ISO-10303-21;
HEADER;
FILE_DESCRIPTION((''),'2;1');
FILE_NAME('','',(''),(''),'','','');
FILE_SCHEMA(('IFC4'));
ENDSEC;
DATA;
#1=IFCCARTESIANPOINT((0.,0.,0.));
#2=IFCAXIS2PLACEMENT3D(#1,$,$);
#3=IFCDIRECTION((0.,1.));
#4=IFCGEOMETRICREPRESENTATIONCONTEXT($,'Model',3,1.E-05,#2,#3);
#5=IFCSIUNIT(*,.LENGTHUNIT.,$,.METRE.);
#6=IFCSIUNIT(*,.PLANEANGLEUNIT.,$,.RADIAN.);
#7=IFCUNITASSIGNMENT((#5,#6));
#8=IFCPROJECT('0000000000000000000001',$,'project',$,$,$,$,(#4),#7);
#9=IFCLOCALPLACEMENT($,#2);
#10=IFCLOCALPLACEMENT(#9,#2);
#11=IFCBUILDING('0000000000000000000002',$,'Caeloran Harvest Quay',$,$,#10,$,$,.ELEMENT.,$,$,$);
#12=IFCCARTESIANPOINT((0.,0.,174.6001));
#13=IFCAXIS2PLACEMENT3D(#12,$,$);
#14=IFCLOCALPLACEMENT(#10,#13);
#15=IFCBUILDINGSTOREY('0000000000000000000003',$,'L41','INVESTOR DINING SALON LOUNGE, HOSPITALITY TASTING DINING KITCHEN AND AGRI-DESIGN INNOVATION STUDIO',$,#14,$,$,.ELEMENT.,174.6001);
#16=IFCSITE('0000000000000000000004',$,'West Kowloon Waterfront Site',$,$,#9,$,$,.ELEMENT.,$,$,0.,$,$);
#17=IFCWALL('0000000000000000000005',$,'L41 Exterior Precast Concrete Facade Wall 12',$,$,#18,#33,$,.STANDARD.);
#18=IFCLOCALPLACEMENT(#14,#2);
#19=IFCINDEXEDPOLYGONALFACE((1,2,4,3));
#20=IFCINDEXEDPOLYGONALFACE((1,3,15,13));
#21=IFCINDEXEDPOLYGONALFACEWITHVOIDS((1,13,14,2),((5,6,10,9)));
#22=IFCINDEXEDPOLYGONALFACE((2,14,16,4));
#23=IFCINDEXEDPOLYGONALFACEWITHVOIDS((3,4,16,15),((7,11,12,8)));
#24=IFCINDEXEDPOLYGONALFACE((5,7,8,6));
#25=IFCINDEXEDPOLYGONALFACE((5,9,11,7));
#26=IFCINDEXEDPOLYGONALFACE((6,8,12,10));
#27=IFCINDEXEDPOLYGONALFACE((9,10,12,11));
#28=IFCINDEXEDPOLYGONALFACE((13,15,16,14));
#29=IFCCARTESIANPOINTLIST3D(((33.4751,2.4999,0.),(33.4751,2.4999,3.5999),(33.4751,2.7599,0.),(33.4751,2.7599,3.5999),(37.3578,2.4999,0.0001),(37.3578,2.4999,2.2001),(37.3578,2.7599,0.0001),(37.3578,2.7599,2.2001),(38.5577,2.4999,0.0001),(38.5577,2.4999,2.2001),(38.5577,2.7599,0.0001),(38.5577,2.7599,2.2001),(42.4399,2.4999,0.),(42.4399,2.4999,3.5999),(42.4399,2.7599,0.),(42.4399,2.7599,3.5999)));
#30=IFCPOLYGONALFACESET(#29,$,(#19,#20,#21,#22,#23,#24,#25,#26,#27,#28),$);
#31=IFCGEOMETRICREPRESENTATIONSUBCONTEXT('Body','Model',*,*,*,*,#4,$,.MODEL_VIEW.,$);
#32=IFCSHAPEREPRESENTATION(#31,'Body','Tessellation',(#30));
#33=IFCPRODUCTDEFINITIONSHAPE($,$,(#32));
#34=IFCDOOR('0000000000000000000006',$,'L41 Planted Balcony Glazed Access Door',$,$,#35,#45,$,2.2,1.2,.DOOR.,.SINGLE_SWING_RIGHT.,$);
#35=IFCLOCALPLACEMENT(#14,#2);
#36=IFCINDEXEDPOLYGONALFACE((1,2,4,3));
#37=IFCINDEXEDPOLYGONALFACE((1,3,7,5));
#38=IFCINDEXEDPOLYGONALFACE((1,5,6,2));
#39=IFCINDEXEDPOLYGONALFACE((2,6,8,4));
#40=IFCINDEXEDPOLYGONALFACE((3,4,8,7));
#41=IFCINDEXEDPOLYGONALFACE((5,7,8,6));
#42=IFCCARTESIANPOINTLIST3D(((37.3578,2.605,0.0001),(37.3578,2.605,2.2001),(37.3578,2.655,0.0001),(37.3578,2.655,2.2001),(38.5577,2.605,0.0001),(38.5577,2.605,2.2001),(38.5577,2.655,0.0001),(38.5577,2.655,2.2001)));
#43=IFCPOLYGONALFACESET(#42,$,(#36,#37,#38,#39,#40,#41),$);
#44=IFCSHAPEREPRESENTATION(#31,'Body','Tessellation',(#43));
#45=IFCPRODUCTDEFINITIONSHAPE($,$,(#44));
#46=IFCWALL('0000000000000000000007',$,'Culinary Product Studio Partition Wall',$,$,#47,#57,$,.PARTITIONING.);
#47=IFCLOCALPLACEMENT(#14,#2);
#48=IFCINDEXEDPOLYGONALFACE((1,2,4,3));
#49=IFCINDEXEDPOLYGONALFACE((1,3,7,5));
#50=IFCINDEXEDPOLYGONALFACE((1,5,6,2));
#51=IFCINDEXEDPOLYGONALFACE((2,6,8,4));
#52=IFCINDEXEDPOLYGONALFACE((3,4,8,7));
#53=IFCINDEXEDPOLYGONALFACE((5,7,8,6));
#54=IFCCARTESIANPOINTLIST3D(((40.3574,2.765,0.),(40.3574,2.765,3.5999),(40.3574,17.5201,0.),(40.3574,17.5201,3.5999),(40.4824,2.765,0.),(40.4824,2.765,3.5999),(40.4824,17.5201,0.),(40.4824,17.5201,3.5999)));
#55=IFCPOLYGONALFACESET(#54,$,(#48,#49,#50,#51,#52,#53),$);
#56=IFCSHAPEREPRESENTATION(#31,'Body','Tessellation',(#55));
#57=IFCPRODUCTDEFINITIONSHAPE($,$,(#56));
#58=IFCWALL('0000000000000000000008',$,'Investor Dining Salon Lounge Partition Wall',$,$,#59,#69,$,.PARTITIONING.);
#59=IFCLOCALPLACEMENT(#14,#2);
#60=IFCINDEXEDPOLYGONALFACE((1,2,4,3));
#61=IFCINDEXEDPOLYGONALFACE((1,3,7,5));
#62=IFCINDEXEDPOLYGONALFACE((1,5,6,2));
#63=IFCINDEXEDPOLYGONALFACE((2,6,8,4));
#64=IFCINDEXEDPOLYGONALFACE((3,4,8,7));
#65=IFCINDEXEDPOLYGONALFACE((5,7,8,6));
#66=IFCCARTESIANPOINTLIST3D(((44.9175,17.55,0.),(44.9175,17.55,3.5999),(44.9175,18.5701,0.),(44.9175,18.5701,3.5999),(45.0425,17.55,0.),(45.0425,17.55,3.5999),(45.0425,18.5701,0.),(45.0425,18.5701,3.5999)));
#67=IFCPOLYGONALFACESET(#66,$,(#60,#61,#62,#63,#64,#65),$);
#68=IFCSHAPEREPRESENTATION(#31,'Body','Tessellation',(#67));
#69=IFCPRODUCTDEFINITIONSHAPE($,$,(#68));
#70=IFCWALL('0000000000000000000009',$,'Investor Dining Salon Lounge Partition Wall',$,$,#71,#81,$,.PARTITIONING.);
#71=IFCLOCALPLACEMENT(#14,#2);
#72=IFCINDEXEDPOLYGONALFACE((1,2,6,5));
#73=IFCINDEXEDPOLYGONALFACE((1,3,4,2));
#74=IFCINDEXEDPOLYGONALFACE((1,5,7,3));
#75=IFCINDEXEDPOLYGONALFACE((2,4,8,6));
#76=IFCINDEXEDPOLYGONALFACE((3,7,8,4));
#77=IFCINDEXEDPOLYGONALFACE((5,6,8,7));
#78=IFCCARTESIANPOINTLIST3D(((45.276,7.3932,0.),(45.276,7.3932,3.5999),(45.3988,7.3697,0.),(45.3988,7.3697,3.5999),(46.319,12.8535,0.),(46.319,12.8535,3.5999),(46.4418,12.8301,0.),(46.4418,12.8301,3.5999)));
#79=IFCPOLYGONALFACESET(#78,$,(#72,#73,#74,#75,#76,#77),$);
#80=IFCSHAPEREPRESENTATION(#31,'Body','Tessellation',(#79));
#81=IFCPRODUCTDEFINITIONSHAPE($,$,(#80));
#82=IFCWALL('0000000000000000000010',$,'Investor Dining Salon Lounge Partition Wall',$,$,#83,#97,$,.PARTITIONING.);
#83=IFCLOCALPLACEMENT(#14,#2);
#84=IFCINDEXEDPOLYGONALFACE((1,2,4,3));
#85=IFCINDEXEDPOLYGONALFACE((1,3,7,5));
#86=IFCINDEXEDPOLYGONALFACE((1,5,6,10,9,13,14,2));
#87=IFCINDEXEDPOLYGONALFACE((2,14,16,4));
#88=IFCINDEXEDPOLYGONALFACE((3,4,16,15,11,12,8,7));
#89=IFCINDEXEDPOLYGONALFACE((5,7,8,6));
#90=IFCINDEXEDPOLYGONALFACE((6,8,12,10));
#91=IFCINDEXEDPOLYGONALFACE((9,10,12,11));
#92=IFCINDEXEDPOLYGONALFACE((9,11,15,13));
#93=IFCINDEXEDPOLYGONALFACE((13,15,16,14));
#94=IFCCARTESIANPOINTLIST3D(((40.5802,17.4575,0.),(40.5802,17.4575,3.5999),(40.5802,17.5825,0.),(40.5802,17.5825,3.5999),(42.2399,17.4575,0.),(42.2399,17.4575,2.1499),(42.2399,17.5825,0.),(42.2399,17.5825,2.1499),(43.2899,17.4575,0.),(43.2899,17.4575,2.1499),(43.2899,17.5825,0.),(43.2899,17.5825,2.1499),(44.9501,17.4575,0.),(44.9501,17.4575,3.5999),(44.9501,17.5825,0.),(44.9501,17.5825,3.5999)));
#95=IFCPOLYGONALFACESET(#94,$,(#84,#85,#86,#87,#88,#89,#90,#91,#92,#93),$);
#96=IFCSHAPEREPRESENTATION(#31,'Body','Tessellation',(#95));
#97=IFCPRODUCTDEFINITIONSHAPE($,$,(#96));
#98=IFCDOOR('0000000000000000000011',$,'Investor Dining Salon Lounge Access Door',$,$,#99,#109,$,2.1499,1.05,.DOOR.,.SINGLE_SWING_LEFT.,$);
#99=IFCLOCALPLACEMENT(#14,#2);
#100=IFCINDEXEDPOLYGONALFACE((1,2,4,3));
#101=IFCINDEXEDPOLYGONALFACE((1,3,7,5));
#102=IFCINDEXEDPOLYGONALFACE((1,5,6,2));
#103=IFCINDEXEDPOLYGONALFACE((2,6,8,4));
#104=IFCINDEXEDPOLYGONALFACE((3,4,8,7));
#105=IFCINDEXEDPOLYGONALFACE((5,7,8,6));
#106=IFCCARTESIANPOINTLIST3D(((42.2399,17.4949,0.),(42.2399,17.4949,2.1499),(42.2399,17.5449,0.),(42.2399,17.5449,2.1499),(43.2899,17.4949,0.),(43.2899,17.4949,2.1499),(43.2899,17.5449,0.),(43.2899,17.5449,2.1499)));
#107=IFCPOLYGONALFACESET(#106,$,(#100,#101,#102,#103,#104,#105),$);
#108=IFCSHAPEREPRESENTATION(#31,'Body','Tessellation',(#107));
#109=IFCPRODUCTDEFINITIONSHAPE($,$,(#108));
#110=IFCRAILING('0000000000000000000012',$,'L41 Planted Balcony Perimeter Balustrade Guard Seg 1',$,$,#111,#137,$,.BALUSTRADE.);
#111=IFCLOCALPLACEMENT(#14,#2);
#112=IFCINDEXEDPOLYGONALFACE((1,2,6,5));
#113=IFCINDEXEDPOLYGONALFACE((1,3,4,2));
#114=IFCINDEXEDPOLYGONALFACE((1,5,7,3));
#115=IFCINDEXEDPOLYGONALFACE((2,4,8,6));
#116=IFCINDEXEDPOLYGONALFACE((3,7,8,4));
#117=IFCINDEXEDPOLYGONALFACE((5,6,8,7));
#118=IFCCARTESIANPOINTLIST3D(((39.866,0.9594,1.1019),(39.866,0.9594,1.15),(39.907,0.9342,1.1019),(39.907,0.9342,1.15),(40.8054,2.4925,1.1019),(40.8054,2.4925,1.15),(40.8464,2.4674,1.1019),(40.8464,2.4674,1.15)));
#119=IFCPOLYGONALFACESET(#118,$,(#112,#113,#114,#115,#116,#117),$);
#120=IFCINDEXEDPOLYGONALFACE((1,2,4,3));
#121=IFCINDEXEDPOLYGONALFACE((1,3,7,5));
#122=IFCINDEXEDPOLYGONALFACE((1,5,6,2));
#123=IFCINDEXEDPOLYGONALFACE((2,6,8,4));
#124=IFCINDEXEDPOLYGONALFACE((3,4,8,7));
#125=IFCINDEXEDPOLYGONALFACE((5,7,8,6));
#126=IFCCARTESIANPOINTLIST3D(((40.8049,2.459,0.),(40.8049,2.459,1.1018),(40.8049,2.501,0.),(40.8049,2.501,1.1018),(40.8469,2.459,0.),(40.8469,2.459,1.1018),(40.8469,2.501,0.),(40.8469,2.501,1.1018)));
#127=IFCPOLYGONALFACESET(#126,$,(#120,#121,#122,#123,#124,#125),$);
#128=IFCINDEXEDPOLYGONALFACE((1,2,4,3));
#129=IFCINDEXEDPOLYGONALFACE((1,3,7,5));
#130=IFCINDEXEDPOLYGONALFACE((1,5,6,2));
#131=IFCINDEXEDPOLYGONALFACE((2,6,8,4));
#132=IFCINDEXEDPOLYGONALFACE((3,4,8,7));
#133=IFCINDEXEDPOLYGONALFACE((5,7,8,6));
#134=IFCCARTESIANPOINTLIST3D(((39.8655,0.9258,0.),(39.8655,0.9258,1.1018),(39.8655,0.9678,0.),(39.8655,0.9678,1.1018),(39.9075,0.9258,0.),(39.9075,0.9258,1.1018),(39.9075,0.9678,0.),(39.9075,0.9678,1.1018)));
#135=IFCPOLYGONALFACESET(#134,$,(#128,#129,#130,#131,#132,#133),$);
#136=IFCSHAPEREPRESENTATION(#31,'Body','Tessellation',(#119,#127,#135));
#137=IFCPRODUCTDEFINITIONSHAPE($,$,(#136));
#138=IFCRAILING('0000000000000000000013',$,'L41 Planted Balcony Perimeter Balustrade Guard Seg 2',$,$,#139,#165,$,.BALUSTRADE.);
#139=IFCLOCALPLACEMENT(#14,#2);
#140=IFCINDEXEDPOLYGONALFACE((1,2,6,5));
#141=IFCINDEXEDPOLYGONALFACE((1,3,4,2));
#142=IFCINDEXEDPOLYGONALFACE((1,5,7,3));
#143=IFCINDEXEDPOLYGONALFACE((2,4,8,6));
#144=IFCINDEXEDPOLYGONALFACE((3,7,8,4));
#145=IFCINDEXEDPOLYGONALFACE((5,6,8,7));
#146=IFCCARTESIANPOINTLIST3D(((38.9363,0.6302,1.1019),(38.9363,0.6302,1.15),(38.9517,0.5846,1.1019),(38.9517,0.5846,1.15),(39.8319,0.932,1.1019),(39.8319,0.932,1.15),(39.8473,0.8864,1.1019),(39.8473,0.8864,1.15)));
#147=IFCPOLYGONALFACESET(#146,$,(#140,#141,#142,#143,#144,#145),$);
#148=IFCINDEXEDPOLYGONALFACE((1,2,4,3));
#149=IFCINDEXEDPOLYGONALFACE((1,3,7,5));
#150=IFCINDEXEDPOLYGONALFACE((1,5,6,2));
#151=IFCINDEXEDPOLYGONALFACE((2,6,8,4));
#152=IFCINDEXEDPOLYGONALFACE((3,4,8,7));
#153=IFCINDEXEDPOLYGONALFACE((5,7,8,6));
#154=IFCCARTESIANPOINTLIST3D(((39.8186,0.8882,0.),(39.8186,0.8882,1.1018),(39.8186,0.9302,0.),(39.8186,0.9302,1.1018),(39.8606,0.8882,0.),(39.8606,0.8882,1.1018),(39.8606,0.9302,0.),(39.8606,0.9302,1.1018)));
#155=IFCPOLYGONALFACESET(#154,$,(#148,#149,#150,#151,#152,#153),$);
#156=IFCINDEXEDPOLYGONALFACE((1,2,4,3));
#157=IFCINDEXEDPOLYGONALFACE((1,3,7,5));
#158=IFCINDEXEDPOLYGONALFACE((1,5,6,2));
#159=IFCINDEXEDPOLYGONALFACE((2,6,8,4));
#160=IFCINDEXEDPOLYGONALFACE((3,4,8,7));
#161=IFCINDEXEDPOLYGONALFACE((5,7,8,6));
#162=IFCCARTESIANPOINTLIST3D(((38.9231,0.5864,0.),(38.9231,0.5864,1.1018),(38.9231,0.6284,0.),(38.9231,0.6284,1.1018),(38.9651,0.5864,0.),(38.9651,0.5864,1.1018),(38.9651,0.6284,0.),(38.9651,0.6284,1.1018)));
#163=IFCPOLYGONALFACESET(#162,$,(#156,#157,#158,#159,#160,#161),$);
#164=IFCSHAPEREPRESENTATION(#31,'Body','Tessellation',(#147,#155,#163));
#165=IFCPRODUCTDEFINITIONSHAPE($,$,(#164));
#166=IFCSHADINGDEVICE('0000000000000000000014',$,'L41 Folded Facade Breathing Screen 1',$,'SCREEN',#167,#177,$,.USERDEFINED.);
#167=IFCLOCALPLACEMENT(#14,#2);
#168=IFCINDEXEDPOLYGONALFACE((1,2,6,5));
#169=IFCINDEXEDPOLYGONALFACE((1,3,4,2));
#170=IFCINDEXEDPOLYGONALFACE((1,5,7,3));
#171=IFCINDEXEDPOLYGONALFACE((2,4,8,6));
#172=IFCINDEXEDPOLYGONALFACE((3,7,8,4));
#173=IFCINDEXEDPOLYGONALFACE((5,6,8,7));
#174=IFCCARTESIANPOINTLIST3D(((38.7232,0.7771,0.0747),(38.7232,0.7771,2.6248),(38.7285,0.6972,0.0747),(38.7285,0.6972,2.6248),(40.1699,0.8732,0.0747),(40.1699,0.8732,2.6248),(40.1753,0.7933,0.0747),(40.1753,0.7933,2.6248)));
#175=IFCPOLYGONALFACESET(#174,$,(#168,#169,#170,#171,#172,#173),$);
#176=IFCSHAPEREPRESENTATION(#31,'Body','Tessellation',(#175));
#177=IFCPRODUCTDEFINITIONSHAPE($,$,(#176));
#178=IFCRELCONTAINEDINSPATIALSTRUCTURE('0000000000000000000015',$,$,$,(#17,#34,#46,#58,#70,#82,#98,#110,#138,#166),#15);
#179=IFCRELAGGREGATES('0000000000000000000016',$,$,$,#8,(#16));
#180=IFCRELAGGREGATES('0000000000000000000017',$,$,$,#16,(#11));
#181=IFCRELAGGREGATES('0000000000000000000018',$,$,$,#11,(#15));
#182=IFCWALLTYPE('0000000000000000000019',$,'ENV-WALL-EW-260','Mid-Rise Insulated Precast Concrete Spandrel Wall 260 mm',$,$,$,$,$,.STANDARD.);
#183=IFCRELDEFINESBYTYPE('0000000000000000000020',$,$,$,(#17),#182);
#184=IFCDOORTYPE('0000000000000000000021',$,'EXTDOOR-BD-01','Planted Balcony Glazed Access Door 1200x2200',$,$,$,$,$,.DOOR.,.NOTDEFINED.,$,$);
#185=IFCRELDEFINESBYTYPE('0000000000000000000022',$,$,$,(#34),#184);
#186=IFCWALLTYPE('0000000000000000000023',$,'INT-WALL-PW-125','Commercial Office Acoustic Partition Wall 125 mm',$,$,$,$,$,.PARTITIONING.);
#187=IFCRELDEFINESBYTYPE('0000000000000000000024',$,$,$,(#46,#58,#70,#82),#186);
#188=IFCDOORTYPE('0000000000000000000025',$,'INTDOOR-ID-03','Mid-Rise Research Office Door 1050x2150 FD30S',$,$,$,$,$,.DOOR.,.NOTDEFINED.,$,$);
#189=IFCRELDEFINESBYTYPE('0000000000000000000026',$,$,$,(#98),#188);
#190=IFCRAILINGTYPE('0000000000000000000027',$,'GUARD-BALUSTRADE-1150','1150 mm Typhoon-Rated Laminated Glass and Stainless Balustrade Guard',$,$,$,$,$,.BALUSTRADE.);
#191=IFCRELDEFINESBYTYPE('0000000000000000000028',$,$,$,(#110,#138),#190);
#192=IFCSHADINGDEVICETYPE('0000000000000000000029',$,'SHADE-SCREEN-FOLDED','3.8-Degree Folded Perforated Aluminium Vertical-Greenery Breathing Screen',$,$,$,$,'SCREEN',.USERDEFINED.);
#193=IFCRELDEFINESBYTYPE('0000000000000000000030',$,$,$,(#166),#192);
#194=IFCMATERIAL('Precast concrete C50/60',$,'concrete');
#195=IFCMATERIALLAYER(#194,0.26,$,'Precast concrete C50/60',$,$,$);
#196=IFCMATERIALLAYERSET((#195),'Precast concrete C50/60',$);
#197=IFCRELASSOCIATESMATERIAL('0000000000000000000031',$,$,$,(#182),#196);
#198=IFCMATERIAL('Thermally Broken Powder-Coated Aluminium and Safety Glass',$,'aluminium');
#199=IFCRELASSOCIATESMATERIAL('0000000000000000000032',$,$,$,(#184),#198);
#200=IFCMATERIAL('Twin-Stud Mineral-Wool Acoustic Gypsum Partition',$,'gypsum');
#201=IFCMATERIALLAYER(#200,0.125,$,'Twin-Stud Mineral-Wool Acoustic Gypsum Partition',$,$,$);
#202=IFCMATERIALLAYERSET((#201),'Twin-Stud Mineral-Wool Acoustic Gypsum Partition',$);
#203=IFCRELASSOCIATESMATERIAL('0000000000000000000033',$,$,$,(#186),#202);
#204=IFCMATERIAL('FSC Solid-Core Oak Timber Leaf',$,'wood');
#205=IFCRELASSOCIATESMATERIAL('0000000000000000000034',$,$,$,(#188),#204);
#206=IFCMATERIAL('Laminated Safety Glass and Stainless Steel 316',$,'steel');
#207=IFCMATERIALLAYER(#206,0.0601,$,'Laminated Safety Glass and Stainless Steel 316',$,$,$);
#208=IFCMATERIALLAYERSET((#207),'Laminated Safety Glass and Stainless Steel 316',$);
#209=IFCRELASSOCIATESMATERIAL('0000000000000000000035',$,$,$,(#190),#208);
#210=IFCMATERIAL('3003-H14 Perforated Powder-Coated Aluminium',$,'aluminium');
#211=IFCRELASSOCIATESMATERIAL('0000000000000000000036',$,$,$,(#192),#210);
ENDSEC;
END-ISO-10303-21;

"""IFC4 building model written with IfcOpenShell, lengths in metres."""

from ifc_helpers import new_model, si_unit, direction, frame, frame_2d, origin, origin_2d, place, context, subcontext, project, spatial, rectangle, extrude, material, layer, layer_set, type_object, element, fill, save


model = new_model("IFC4")

# Units and contexts
model_context = context("Model", 3, precision=1e-05, world=origin(), true_north=direction((0.0, 1.0)))
body_context = subcontext(model_context, "Body", "Model", "MODEL_VIEW")
ifc_project = project(units=[si_unit("LENGTHUNIT", "METRE"), si_unit("PLANEANGLEUNIT", "RADIAN")], contexts=[model_context])

# Site, building, storey
site_placement = place(None, origin())
site = spatial("IfcSite", under=ifc_project, at=site_placement, Name="West Kowloon Waterfront Site", CompositionType="ELEMENT", RefElevation=0.0)
building_placement = place(site_placement, origin())
building = spatial("IfcBuilding", under=site, at=building_placement, Name="Caeloran Harvest Quay", CompositionType="ELEMENT")
storey_placement = place(building_placement, frame((0.0, 0.0, 174.6001)))
storey = spatial("IfcBuildingStorey", under=building, at=storey_placement, Name="L41", Description="INVESTOR DINING SALON LOUNGE, HOSPITALITY TASTING DINING KITCHEN AND AGRI-DESIGN INNOVATION STUDIO", CompositionType="ELEMENT", Elevation=174.6001)

# Shared definitions
ifc_material_1 = material(Name="Precast concrete C50/60", Category="concrete")

# Shared definitions
ifc_layer_1 = layer(ifc_material_1, 0.26, Name="Precast concrete C50/60")
ifc_layer_set_1 = layer_set([ifc_layer_1], Name="Precast concrete C50/60")
wall_type_1 = type_object("IfcWallType", Name="ENV-WALL-EW-260", Description="Mid-Rise Insulated Precast Concrete Spandrel Wall 260 mm", PredefinedType="STANDARD", material=ifc_layer_set_1)

# Wall, opening, door
wall_1_placement = place(storey_placement, frame((42.4399, 2.6299, 0.0), z_axis=(0.0, 0.0, 1.0), x_axis=(-1.0, 0.0, 0.0)))
wall_1 = element("IfcWall", 1, at=wall_1_placement, inside=storey, type_object=wall_type_1, Name="L41 Exterior Precast Concrete Facade Wall 12", PredefinedType="STANDARD", context=body_context, shape_type="SweptSolid", body=[
    extrude(rectangle(XDim=8.9648, YDim=0.26, at=frame_2d((4.4824, 0.0))), origin(), (0.0, 0.0, 1.0), 3.5999),
])
opening_1_placement = place(wall_1_placement, frame((3.8821, 0.0, 0.0)))
opening_1 = element("IfcOpeningElement", 2, at=opening_1_placement, cuts=wall_1, PredefinedType="OPENING", context=body_context, shape_type="SweptSolid", body=[
    extrude(rectangle(XDim=1.2, YDim=2.2, at=frame_2d((0.6001, 1.1001))), frame((0.0, 0.1401, 0.0), z_axis=(0.0, -1.0, 0.0), x_axis=(1.0, 0.0, 0.0)), (0.0, 0.0, 1.0), 0.28),
])
ifc_material_2 = material(Name="Thermally Broken Powder-Coated Aluminium and Safety Glass", Category="aluminium")
door_type_1 = type_object("IfcDoorType", Name="EXTDOOR-BD-01", Description="Planted Balcony Glazed Access Door 1200x2200", OperationType="NOTDEFINED", PredefinedType="DOOR", material=ifc_material_2)
door_1_placement = place(opening_1_placement, origin())
door_1 = element("IfcDoor", 3, at=door_1_placement, inside=storey, type_object=door_type_1, Name="L41 Planted Balcony Glazed Access Door", OperationType="SINGLE_SWING_RIGHT", OverallHeight=2.2, OverallWidth=1.2, PredefinedType="DOOR", context=body_context, shape_type="SweptSolid", body=[
    extrude(rectangle(XDim=1.2, YDim=2.2, at=frame_2d((0.6001, 1.1001))), frame((0.0, 0.0249, 0.0), z_axis=(0.0, -1.0, 0.0), x_axis=(1.0, 0.0, 0.0)), (0.0, 0.0, 1.0), 0.05),
])
fill(opening_1, door_1)

# Walls
ifc_material_3 = material(Name="Twin-Stud Mineral-Wool Acoustic Gypsum Partition", Category="gypsum")
ifc_layer_2 = layer(ifc_material_3, 0.125, Name="Twin-Stud Mineral-Wool Acoustic Gypsum Partition")
ifc_layer_set_2 = layer_set([ifc_layer_2], Name="Twin-Stud Mineral-Wool Acoustic Gypsum Partition")
wall_type_2 = type_object("IfcWallType", Name="INT-WALL-PW-125", Description="Commercial Office Acoustic Partition Wall 125 mm", PredefinedType="PARTITIONING", material=ifc_layer_set_2)
wall_2_placement = place(storey_placement, frame((40.4199, 17.52, 0.0), z_axis=(0.0, 0.0, 1.0), x_axis=(0.0, -1.0, 0.0)))
element("IfcWall", 4, at=wall_2_placement, inside=storey, type_object=wall_type_2, Name="Culinary Product Studio Partition Wall", PredefinedType="PARTITIONING", context=body_context, shape_type="SweptSolid", body=[
    extrude(rectangle(XDim=14.7551, YDim=0.125, at=frame_2d((7.3774, 0.0))), origin(), (0.0, 0.0, 1.0), 3.5999),
])
wall_3_placement = place(storey_placement, frame((44.98, 17.55, 0.0), z_axis=(0.0, 0.0, 1.0), x_axis=(0.0, 1.0, 0.0)))
element("IfcWall", 5, at=wall_3_placement, inside=storey, type_object=wall_type_2, Name="Investor Dining Salon Lounge Partition Wall", PredefinedType="PARTITIONING", context=body_context, shape_type="SweptSolid", body=[
    extrude(rectangle(XDim=1.02, YDim=0.125, at=frame_2d((0.51, 0.0))), origin(), (0.0, 0.0, 1.0), 3.5999),
])
wall_4_placement = place(storey_placement, frame((46.3804, 12.8418, 0.0), z_axis=(0.0, 0.0, 1.0), x_axis=(-0.187613, -0.982243, 0.0)))
element("IfcWall", 6, at=wall_4_placement, inside=storey, type_object=wall_type_2, Name="Investor Dining Salon Lounge Partition Wall", PredefinedType="PARTITIONING", context=body_context, shape_type="SweptSolid", body=[
    extrude(rectangle(XDim=5.5591, YDim=0.125, at=frame_2d((2.7795, 0.0))), origin(), (0.0, 0.0, 1.0), 3.5999),
])

# Wall, opening, door
wall_5_placement = place(storey_placement, frame((40.5801, 17.52, 0.0), z_axis=(0.0, 0.0, 1.0), x_axis=(1.0, 0.0, 0.0)))
wall_5 = element("IfcWall", 7, at=wall_5_placement, inside=storey, type_object=wall_type_2, Name="Investor Dining Salon Lounge Partition Wall", PredefinedType="PARTITIONING", context=body_context, shape_type="SweptSolid", body=[
    extrude(rectangle(XDim=4.3699, YDim=0.125, at=frame_2d((2.1851, 0.0))), origin(), (0.0, 0.0, 1.0), 3.5999),
])
opening_2_placement = place(wall_5_placement, frame((1.6599, 0.0, 0.0)))
opening_2 = element("IfcOpeningElement", 8, at=opening_2_placement, cuts=wall_5, PredefinedType="OPENING", context=body_context, shape_type="SweptSolid", body=[
    extrude(rectangle(XDim=1.05, YDim=2.1499, at=frame_2d((0.5249, 1.075))), frame((0.0, 0.0725, 0.0), z_axis=(0.0, -1.0, 0.0), x_axis=(1.0, 0.0, 0.0)), (0.0, 0.0, 1.0), 0.145),
])
ifc_material_4 = material(Name="FSC Solid-Core Oak Timber Leaf", Category="wood")
door_type_2 = type_object("IfcDoorType", Name="INTDOOR-ID-03", Description="Mid-Rise Research Office Door 1050x2150 FD30S", OperationType="NOTDEFINED", PredefinedType="DOOR", material=ifc_material_4)
door_2_placement = place(opening_2_placement, origin())
door_2 = element("IfcDoor", 9, at=door_2_placement, inside=storey, type_object=door_type_2, Name="Investor Dining Salon Lounge Access Door", OperationType="SINGLE_SWING_LEFT", OverallHeight=2.1499, OverallWidth=1.05, PredefinedType="DOOR", context=body_context, shape_type="SweptSolid", body=[
    extrude(rectangle(XDim=1.05, YDim=2.1499, at=frame_2d((0.5249, 1.075))), frame((0.0, 0.0249, 0.0), z_axis=(0.0, -1.0, 0.0), x_axis=(1.0, 0.0, 0.0)), (0.0, 0.0, 1.0), 0.05),
])
fill(opening_2, door_2)

# Railings
ifc_material_5 = material(Name="Laminated Safety Glass and Stainless Steel 316", Category="steel")
ifc_layer_3 = layer(ifc_material_5, 0.0601, Name="Laminated Safety Glass and Stainless Steel 316")
ifc_layer_set_3 = layer_set([ifc_layer_3], Name="Laminated Safety Glass and Stainless Steel 316")
railing_type = type_object("IfcRailingType", Name="GUARD-BALUSTRADE-1150", Description="1150 mm Typhoon-Rated Laminated Glass and Stainless Balustrade Guard", PredefinedType="BALUSTRADE", material=ifc_layer_set_3)
railing_1_placement = place(storey_placement, frame((40.8259, 2.48, 0.0)))
element("IfcRailing", 10, at=railing_1_placement, inside=storey, type_object=railing_type, Name="L41 Planted Balcony Perimeter Balustrade Guard Seg 1", PredefinedType="BALUSTRADE", context=body_context, shape_type="SweptSolid", body=[
    extrude(rectangle(XDim=0.0481, YDim=0.0481, at=origin_2d()), frame((0.0, 0.0, 1.126), z_axis=(-0.52246, -0.852664, 0.0), x_axis=(0.852664, -0.52246, 0.0)), (0.0, 0.0, 1.0), 1.7981),
    extrude(rectangle(XDim=0.042, YDim=0.042, at=origin_2d()), origin(), (0.0, 0.0, 1.0), 1.1018),
    extrude(rectangle(XDim=0.042, YDim=0.042, at=origin_2d()), frame((-0.9395, -1.5332, 0.0)), (0.0, 0.0, 1.0), 1.1018),
])
railing_2_placement = place(storey_placement, frame((39.8396, 0.9092, 0.0)))
element("IfcRailing", 11, at=railing_2_placement, inside=storey, type_object=railing_type, Name="L41 Planted Balcony Perimeter Balustrade Guard Seg 2", PredefinedType="BALUSTRADE", context=body_context, shape_type="SweptSolid", body=[
    extrude(rectangle(XDim=0.0481, YDim=0.0481, at=origin_2d()), frame((0.0, 0.0, 1.126), z_axis=(-0.947645, -0.319326, 0.0), x_axis=(0.319326, -0.947645, 0.0)), (0.0, 0.0, 1.0), 0.9451),
    extrude(rectangle(XDim=0.042, YDim=0.042, at=origin_2d()), origin(), (0.0, 0.0, 1.0), 1.1018),
    extrude(rectangle(XDim=0.042, YDim=0.042, at=origin_2d()), frame((-0.8955, -0.3018, 0.0)), (0.0, 0.0, 1.0), 1.1018),
])

# Shading device
ifc_material_6 = material(Name="3003-H14 Perforated Powder-Coated Aluminium", Category="aluminium")
shading_device_type = type_object("IfcShadingDeviceType", Name="SHADE-SCREEN-FOLDED", Description="3.8-Degree Folded Perforated Aluminium Vertical-Greenery Breathing Screen", ElementType="SCREEN", PredefinedType="USERDEFINED", material=ifc_material_6)
shading_device_placement = place(storey_placement, frame((39.4492, 0.7852, 0.0747), z_axis=(0.0, 0.0, 1.0), x_axis=(0.997801, 0.066274, 0.0)))
element("IfcShadingDevice", 12, at=shading_device_placement, inside=storey, type_object=shading_device_type, Name="L41 Folded Facade Breathing Screen 1", ObjectType="SCREEN", PredefinedType="USERDEFINED", context=body_context, shape_type="SweptSolid", body=[
    extrude(rectangle(XDim=1.45, YDim=0.0801, at=origin_2d()), origin(), (0.0, 0.0, 1.0), 2.55),
])

save(model, "model.ifc")
